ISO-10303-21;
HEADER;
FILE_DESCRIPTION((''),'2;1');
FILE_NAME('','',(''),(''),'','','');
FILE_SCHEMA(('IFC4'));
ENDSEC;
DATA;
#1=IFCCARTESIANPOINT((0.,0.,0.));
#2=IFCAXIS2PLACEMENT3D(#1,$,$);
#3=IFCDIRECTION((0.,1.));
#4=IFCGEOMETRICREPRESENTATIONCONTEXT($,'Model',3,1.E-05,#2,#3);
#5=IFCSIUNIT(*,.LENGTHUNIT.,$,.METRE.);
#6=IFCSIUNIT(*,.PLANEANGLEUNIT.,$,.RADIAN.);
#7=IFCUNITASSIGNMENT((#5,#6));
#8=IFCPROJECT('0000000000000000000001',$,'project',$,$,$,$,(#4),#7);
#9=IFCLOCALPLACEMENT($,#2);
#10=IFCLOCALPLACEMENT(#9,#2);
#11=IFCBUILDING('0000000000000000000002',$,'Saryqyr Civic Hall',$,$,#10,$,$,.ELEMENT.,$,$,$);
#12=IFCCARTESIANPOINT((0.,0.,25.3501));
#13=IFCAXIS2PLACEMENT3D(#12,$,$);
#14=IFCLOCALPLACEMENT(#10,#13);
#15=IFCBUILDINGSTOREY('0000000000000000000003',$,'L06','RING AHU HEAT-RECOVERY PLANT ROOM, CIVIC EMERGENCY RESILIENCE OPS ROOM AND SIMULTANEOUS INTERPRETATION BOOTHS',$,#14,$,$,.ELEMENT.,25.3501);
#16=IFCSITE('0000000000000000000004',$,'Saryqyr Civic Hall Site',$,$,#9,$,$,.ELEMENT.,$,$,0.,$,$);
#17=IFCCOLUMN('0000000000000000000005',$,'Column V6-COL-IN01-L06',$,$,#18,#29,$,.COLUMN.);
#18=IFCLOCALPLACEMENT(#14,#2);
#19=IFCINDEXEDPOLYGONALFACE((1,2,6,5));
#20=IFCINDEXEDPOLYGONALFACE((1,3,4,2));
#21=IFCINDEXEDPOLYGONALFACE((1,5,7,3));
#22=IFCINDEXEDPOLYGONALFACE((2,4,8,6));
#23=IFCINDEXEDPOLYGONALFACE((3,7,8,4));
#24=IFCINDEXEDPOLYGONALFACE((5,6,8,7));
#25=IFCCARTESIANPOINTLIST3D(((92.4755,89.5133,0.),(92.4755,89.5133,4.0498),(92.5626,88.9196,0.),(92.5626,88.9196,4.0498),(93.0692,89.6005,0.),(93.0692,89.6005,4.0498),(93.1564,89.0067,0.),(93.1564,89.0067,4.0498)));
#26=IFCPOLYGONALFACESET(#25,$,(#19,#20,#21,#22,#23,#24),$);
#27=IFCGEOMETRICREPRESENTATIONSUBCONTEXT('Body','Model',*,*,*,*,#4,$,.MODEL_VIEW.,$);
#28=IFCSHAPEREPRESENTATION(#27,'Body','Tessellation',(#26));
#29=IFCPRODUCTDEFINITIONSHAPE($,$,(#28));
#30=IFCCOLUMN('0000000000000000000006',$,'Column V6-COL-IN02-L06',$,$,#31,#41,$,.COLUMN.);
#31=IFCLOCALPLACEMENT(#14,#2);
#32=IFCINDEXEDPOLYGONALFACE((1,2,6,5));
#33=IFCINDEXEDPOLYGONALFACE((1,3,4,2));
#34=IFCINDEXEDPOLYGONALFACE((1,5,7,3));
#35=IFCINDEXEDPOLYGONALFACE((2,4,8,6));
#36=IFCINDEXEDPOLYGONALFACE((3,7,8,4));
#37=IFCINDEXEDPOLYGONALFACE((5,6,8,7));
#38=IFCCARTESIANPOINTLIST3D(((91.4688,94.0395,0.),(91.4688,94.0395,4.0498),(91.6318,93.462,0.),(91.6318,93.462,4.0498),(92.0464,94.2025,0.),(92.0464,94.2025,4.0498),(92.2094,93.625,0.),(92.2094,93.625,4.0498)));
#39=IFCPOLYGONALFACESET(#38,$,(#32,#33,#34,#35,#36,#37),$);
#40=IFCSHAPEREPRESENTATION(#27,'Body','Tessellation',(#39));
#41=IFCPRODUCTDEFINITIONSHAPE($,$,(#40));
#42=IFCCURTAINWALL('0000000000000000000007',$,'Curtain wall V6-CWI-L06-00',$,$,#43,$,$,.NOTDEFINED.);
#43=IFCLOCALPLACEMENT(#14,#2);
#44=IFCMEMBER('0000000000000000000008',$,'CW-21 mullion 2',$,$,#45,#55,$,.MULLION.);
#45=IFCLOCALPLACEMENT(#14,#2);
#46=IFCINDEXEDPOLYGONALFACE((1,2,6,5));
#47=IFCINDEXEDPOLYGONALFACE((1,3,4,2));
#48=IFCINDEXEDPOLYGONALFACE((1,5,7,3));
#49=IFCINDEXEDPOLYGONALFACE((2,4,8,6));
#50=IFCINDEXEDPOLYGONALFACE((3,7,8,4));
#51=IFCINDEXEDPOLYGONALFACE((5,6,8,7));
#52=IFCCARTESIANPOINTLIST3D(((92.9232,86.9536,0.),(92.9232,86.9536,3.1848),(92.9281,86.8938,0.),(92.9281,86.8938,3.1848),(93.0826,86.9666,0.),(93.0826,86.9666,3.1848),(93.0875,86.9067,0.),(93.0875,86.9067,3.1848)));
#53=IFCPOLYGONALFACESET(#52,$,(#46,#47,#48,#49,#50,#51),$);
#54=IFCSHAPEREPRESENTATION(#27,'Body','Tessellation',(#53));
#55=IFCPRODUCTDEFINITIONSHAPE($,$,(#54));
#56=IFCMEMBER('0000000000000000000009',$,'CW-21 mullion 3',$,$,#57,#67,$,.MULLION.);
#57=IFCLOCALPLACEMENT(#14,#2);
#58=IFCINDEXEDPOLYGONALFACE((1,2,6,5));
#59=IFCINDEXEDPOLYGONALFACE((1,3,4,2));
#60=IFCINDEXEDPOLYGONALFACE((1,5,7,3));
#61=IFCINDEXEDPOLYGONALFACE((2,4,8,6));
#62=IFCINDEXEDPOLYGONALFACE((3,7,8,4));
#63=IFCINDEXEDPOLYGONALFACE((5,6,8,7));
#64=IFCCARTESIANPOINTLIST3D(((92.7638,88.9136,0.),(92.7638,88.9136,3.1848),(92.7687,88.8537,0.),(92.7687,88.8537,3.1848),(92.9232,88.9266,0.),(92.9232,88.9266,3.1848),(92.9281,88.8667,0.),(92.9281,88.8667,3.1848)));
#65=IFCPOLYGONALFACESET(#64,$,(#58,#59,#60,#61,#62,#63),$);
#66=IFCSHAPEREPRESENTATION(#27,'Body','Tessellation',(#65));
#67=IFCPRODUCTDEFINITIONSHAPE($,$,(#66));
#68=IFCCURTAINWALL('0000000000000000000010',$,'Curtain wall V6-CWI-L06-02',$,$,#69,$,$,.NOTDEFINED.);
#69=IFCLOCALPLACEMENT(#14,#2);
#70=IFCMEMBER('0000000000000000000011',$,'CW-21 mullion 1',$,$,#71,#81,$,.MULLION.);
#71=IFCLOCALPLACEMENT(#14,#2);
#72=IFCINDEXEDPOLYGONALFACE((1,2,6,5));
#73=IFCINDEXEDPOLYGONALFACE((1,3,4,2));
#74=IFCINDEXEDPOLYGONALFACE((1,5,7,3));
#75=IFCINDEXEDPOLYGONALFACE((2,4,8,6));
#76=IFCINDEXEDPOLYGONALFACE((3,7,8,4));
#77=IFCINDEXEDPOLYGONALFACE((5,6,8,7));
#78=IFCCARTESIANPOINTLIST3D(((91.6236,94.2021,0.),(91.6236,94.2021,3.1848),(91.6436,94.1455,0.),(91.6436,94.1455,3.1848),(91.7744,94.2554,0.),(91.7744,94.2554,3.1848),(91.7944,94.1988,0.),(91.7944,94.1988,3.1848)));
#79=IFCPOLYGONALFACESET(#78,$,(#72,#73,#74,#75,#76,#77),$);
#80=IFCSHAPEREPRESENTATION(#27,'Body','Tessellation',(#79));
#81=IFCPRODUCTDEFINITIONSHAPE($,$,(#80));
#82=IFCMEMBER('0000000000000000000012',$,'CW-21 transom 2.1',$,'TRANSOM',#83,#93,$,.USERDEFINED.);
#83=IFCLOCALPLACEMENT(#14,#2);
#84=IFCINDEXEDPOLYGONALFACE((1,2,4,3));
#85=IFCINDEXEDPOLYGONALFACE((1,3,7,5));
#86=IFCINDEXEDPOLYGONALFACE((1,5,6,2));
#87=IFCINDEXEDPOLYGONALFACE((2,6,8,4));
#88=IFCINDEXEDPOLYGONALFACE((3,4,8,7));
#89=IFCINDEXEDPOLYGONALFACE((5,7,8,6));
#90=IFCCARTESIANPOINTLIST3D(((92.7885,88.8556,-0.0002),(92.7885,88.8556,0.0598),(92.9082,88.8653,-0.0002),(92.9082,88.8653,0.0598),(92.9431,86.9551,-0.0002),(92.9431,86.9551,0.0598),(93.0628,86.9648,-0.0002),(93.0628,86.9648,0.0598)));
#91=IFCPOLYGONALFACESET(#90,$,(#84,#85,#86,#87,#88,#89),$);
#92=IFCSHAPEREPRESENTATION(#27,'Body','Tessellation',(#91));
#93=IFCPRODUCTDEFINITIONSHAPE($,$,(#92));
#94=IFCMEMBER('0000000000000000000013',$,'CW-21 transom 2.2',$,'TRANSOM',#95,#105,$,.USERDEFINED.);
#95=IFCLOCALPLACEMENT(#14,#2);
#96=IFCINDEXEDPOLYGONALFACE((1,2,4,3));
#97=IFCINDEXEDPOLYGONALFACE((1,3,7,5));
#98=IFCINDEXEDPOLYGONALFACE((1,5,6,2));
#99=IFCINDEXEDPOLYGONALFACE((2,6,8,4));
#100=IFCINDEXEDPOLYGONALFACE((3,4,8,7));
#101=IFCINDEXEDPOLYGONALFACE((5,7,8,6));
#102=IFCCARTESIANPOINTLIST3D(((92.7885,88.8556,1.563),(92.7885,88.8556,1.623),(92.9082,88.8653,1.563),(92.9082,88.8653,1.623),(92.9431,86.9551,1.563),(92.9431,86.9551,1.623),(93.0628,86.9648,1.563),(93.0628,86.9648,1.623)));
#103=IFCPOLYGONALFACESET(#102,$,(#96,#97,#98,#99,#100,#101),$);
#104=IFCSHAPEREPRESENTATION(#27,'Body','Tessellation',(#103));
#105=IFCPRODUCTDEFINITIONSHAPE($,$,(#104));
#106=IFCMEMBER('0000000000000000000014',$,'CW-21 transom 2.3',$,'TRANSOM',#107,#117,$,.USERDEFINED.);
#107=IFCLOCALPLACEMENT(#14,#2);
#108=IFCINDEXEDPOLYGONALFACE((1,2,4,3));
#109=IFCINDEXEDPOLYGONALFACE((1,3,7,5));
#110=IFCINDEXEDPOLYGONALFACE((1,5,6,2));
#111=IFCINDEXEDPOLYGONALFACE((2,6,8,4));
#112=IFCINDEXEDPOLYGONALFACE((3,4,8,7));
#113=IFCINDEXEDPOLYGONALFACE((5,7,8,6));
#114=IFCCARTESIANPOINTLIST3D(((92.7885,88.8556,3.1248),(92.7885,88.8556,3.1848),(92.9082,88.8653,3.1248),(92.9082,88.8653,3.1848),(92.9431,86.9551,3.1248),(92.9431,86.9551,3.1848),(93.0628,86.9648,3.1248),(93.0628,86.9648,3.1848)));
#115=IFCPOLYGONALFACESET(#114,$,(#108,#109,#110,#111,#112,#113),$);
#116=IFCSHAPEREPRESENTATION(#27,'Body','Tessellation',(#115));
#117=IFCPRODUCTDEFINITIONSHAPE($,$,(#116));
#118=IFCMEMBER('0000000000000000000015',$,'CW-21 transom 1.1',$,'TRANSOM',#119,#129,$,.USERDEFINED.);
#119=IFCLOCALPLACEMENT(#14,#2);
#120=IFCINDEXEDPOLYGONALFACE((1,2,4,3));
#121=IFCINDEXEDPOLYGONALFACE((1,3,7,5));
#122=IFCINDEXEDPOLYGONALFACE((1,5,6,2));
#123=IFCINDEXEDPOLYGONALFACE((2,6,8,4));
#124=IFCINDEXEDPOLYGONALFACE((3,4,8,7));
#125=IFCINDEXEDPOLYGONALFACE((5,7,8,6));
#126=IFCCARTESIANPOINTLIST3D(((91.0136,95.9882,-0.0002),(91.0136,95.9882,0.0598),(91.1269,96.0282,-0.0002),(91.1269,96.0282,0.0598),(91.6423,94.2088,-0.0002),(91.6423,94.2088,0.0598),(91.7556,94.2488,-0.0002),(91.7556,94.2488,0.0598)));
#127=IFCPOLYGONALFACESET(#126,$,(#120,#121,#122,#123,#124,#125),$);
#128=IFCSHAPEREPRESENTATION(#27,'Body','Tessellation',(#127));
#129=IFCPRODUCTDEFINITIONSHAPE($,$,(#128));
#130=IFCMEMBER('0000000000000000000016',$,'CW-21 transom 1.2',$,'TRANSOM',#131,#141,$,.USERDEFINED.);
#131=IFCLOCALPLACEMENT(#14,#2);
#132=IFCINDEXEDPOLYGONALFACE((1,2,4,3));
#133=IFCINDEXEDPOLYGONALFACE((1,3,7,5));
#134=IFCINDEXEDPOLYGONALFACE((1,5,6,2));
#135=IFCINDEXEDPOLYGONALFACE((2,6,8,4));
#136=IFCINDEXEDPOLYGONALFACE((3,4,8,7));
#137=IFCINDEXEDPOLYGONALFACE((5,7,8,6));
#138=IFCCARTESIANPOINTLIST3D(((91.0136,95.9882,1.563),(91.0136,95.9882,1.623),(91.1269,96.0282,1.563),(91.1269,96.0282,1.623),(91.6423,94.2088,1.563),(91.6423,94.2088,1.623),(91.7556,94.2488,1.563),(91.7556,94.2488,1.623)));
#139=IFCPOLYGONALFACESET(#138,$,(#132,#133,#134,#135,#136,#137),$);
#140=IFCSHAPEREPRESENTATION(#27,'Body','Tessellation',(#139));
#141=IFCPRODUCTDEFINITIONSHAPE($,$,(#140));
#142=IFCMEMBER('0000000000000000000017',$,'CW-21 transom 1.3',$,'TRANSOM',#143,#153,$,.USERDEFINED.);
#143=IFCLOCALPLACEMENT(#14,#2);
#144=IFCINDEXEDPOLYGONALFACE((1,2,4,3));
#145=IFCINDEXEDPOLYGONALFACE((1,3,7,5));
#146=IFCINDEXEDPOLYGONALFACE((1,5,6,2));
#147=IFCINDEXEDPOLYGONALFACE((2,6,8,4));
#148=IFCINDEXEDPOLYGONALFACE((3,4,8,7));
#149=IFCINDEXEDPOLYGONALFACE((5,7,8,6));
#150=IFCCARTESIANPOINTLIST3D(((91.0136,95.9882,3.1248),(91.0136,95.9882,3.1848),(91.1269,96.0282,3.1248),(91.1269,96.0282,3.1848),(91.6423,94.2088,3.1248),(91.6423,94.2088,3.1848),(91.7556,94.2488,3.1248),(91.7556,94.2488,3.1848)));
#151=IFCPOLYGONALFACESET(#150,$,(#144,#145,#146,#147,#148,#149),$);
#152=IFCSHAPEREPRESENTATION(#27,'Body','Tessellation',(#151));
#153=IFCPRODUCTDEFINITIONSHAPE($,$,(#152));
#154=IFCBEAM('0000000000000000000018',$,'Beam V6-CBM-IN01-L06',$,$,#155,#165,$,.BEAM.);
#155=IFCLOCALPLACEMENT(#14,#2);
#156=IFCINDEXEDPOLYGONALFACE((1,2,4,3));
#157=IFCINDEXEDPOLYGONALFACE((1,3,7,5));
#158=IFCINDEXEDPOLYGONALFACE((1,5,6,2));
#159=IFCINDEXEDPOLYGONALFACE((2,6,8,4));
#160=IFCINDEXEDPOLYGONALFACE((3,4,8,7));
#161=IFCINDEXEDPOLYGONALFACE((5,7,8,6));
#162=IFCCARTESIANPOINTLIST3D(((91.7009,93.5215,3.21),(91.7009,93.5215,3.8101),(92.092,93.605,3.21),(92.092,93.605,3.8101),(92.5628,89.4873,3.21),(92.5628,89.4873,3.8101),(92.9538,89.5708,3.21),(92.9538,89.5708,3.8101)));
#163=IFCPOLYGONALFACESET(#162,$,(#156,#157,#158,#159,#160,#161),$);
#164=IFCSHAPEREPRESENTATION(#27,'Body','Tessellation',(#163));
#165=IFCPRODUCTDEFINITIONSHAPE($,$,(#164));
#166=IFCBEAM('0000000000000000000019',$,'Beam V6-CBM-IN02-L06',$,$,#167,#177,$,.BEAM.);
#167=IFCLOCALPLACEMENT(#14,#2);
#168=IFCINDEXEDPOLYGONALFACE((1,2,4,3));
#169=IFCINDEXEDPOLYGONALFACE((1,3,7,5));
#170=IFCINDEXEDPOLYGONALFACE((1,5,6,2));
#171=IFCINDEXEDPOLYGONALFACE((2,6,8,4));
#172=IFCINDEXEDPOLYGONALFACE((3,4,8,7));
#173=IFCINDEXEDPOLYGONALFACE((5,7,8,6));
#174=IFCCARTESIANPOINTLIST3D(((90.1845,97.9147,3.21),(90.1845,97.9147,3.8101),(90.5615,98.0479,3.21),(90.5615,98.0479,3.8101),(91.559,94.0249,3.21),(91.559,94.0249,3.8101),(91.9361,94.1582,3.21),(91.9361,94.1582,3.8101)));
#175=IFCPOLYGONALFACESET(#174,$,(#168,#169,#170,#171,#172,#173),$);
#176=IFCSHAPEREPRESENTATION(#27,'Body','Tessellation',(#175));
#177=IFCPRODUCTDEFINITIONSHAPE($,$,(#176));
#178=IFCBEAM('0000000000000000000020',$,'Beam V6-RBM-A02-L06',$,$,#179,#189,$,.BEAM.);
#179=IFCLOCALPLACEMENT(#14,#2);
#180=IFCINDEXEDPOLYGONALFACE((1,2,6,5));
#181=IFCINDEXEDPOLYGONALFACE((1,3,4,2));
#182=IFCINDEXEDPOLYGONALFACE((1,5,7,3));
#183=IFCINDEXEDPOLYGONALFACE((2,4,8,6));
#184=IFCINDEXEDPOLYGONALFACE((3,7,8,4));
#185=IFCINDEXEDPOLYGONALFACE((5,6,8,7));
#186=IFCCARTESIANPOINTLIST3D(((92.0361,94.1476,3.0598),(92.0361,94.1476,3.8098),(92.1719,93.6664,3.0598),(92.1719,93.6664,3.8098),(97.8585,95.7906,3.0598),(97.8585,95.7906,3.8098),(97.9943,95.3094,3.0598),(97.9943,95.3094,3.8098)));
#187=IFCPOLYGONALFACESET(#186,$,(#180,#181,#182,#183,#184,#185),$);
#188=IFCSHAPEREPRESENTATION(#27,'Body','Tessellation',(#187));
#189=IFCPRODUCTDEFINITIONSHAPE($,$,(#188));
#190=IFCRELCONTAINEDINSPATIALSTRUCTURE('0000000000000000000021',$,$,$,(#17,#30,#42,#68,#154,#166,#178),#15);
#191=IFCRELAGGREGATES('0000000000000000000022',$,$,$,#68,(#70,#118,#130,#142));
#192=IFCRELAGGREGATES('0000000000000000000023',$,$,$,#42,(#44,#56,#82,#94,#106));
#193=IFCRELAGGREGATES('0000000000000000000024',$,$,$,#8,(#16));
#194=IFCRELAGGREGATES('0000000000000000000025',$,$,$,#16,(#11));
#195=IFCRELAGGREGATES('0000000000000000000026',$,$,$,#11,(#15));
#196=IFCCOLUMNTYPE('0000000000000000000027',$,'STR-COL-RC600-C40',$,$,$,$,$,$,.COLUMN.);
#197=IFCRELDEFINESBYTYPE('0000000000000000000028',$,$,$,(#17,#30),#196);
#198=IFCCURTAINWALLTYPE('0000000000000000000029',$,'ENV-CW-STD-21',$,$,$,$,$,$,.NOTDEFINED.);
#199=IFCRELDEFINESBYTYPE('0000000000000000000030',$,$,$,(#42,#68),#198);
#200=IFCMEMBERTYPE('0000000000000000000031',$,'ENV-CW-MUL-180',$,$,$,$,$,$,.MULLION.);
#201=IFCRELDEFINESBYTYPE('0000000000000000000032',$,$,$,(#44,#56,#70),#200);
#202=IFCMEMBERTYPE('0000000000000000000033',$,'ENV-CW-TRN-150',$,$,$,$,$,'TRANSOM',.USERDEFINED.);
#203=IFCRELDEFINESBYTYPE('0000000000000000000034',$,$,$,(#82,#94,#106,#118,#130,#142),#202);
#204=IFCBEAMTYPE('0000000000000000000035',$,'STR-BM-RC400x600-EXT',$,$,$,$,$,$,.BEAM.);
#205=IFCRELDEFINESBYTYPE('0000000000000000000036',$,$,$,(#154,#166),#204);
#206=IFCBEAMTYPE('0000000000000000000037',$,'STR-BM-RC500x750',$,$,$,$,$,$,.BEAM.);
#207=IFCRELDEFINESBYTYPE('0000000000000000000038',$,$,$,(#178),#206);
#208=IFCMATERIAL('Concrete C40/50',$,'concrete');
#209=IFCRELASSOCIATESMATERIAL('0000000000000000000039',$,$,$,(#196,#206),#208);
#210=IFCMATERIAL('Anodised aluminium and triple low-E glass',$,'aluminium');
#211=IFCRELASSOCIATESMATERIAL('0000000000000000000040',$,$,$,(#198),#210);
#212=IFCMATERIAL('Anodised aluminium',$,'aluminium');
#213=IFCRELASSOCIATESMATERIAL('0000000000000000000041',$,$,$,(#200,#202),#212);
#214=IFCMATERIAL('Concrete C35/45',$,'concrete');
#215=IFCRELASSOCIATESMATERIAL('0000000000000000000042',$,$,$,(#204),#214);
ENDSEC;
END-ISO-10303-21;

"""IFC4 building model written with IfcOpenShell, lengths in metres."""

from ifc_helpers import new_model, si_unit, direction, frame, origin, origin_2d, place, context, subcontext, project, spatial, rectangle, extrude, material, material_profile, profile_set, type_object, element, aggregate, save


model = new_model("IFC4")

# Units and contexts
model_context = context("Model", 3, precision=1e-05, world=origin(), true_north=direction((0.0, 1.0)))
body_context = subcontext(model_context, "Body", "Model", "MODEL_VIEW")
ifc_project = project(units=[si_unit("LENGTHUNIT", "METRE"), si_unit("PLANEANGLEUNIT", "RADIAN")], contexts=[model_context])

# Site, building, storey
site_placement = place(None, origin())
site = spatial("IfcSite", under=ifc_project, at=site_placement, Name="Saryqyr Civic Hall Site", CompositionType="ELEMENT", RefElevation=0.0)
building_placement = place(site_placement, origin())
building = spatial("IfcBuilding", under=site, at=building_placement, Name="Saryqyr Civic Hall", CompositionType="ELEMENT")
storey_placement = place(building_placement, frame((0.0, 0.0, 25.3501)))
storey = spatial("IfcBuildingStorey", under=building, at=storey_placement, Name="L06", Description="RING AHU HEAT-RECOVERY PLANT ROOM, CIVIC EMERGENCY RESILIENCE OPS ROOM AND SIMULTANEOUS INTERPRETATION BOOTHS", CompositionType="ELEMENT", Elevation=25.3501)

# Columns
ifc_material_1 = material(Name="Concrete C40/50", Category="concrete")
ifc_material_profile_1 = material_profile(ifc_material_1, rectangle(XDim=0.6001, YDim=0.6001, at=origin_2d()), Name="RC 600x600")
ifc_profile_set_1 = profile_set([ifc_material_profile_1], Name="Concrete C40/50")
column_type = type_object("IfcColumnType", Name="STR-COL-RC600-C40", PredefinedType="COLUMN", material=ifc_profile_set_1)
for number, where, z_axis, x_axis, name in (
    (1, (92.8159, 89.26, 0.0), (0.0, 0.0, 1.0), (0.989399, 0.14522, 0.0), "Column V6-COL-IN01-L06"),
    (2, (91.8391, 93.8323, 0.0), (0.0, 0.0, 1.0), (0.962408, 0.271608, 0.0), "Column V6-COL-IN02-L06"),
):
    element("IfcColumn", number, at=place(storey_placement, frame(where, z_axis=z_axis, x_axis=x_axis)), inside=storey, type_object=column_type, Name=name, PredefinedType="COLUMN", context=body_context, shape_type="SweptSolid", body=[
        extrude(rectangle(XDim=0.6001, YDim=0.6001, at=origin_2d()), origin(), (0.0, 0.0, 1.0), 4.0498),
    ])

# Curtain wall, members
ifc_material_2 = material(Name="Anodised aluminium and triple low-E glass", Category="aluminium")
curtain_wall_type = type_object("IfcCurtainWallType", Name="ENV-CW-STD-21", PredefinedType="NOTDEFINED", material=ifc_material_2)
curtain_wall_1_placement = place(storey_placement, origin())
curtain_wall_1 = element("IfcCurtainWall", 3, at=curtain_wall_1_placement, inside=storey, type_object=curtain_wall_type, Name="Curtain wall V6-CWI-L06-00", PredefinedType="NOTDEFINED")
ifc_material_3 = material(Name="Anodised aluminium", Category="aluminium")
ifc_material_profile_2 = material_profile(ifc_material_3, rectangle(XDim=0.0601, YDim=0.1599, at=origin_2d()), Name="ALU MULLION 60x160")
ifc_profile_set_2 = profile_set([ifc_material_profile_2], Name="Anodised aluminium")
member_type_1 = type_object("IfcMemberType", Name="ENV-CW-MUL-180", PredefinedType="MULLION", material=ifc_profile_set_2)
member_1_placement = place(storey_placement, frame((93.0054, 86.9302, 0.0), z_axis=(0.0, 0.0, 1.0), x_axis=(-0.081091, 0.996707, 0.0)))
member_1 = element("IfcMember", 4, at=member_1_placement, type_object=member_type_1, Name="CW-21 mullion 2", PredefinedType="MULLION", context=body_context, shape_type="SweptSolid", body=[
    extrude(rectangle(XDim=0.0601, YDim=0.1599, at=origin_2d()), origin(), (0.0, 0.0, 1.0), 3.1848),
])
member_2_placement = place(storey_placement, frame((92.8459, 88.8901, 0.0), z_axis=(0.0, 0.0, 1.0), x_axis=(-0.081091, 0.996707, 0.0)))
member_2 = element("IfcMember", 5, at=member_2_placement, type_object=member_type_1, Name="CW-21 mullion 3", PredefinedType="MULLION", context=body_context, shape_type="SweptSolid", body=[
    extrude(rectangle(XDim=0.0601, YDim=0.1599, at=origin_2d()), origin(), (0.0, 0.0, 1.0), 3.1848),
])

# Curtain wall, member
curtain_wall_2_placement = place(storey_placement, origin())
curtain_wall_2 = element("IfcCurtainWall", 6, at=curtain_wall_2_placement, inside=storey, type_object=curtain_wall_type, Name="Curtain wall V6-CWI-L06-02", PredefinedType="NOTDEFINED")
member_3_placement = place(storey_placement, frame((91.709, 94.2004, 0.0), z_axis=(0.0, 0.0, 1.0), x_axis=(-0.333172, 0.942866, 0.0)))
member_3 = element("IfcMember", 7, at=member_3_placement, type_object=member_type_1, Name="CW-21 mullion 1", PredefinedType="MULLION", context=body_context, shape_type="SweptSolid", body=[
    extrude(rectangle(XDim=0.0601, YDim=0.1599, at=origin_2d()), origin(), (0.0, 0.0, 1.0), 3.1848),
])

# Members
ifc_material_profile_3 = material_profile(ifc_material_3, rectangle(XDim=0.1201, YDim=0.0601, at=origin_2d()), Name="ALU TRANSOM 120x60")
ifc_profile_set_3 = profile_set([ifc_material_profile_3], Name="Anodised aluminium")
member_type_2 = type_object("IfcMemberType", Name="ENV-CW-TRN-150", ElementType="TRANSOM", PredefinedType="USERDEFINED", material=ifc_profile_set_3)
member_4_placement = place(storey_placement, frame((93.0029, 86.96, 0.0298), z_axis=(-0.081053, 0.99671, 0.0), x_axis=(-0.99671, -0.081053, 0.0)))
member_4 = element("IfcMember", 8, at=member_4_placement, type_object=member_type_2, Name="CW-21 transom 2.1", ObjectType="TRANSOM", PredefinedType="USERDEFINED", context=body_context, shape_type="SweptSolid", body=[
    extrude(rectangle(XDim=0.1201, YDim=0.0601, at=origin_2d()), origin(), (0.0, 0.0, 1.0), 1.9067),
])
member_5_placement = place(storey_placement, frame((93.0029, 86.96, 1.593), z_axis=(-0.081053, 0.99671, 0.0), x_axis=(-0.99671, -0.081053, 0.0)))
member_5 = element("IfcMember", 9, at=member_5_placement, type_object=member_type_2, Name="CW-21 transom 2.2", ObjectType="TRANSOM", PredefinedType="USERDEFINED", context=body_context, shape_type="SweptSolid", body=[
    extrude(rectangle(XDim=0.1201, YDim=0.0601, at=origin_2d()), origin(), (0.0, 0.0, 1.0), 1.9067),
])
member_6_placement = place(storey_placement, frame((93.0029, 86.96, 3.1548), z_axis=(-0.081053, 0.99671, 0.0), x_axis=(-0.99671, -0.081053, 0.0)))
member_6 = element("IfcMember", 10, at=member_6_placement, type_object=member_type_2, Name="CW-21 transom 2.3", ObjectType="TRANSOM", PredefinedType="USERDEFINED", context=body_context, shape_type="SweptSolid", body=[
    extrude(rectangle(XDim=0.1201, YDim=0.0601, at=origin_2d()), origin(), (0.0, 0.0, 1.0), 1.9067),
])
member_7_placement = place(storey_placement, frame((91.699, 94.2288, 0.0298), z_axis=(-0.333138, 0.942878, 0.0), x_axis=(-0.942878, -0.333138, 0.0)))
member_7 = element("IfcMember", 11, at=member_7_placement, type_object=member_type_2, Name="CW-21 transom 1.1", ObjectType="TRANSOM", PredefinedType="USERDEFINED", context=body_context, shape_type="SweptSolid", body=[
    extrude(rectangle(XDim=0.1201, YDim=0.0601, at=origin_2d()), origin(), (0.0, 0.0, 1.0), 1.8872),
])
member_8_placement = place(storey_placement, frame((91.699, 94.2288, 1.593), z_axis=(-0.333138, 0.942878, 0.0), x_axis=(-0.942878, -0.333138, 0.0)))
member_8 = element("IfcMember", 12, at=member_8_placement, type_object=member_type_2, Name="CW-21 transom 1.2", ObjectType="TRANSOM", PredefinedType="USERDEFINED", context=body_context, shape_type="SweptSolid", body=[
    extrude(rectangle(XDim=0.1201, YDim=0.0601, at=origin_2d()), origin(), (0.0, 0.0, 1.0), 1.8872),
])
member_9_placement = place(storey_placement, frame((91.699, 94.2288, 3.1548), z_axis=(-0.333138, 0.942878, 0.0), x_axis=(-0.942878, -0.333138, 0.0)))
member_9 = element("IfcMember", 13, at=member_9_placement, type_object=member_type_2, Name="CW-21 transom 1.3", ObjectType="TRANSOM", PredefinedType="USERDEFINED", context=body_context, shape_type="SweptSolid", body=[
    extrude(rectangle(XDim=0.1201, YDim=0.0601, at=origin_2d()), origin(), (0.0, 0.0, 1.0), 1.8872),
])
aggregate(curtain_wall_2, [member_3, member_7, member_8, member_9])

# Beams
ifc_material_4 = material(Name="Concrete C35/45", Category="concrete")
ifc_material_profile_4 = material_profile(ifc_material_4, rectangle(XDim=0.3999, YDim=0.6001, at=origin_2d()), Name="RC 400x600")
ifc_profile_set_4 = profile_set([ifc_material_profile_4], Name="Concrete C35/45")
beam_type_1 = type_object("IfcBeamType", Name="STR-BM-RC400x600-EXT", PredefinedType="BEAM", material=ifc_profile_set_4)
beam_1_placement = place(storey_placement, frame((92.7583, 89.5291, 3.51), z_axis=(-0.208915, 0.977934, 0.0), x_axis=(-0.977934, -0.208915, 0.0)))
element("IfcBeam", 14, at=beam_1_placement, inside=storey, type_object=beam_type_1, Name="Beam V6-CBM-IN01-L06", PredefinedType="BEAM", context=body_context, shape_type="SweptSolid", body=[
    extrude(rectangle(XDim=0.3999, YDim=0.6001, at=origin_2d()), origin(), (0.0, 0.0, 1.0), 4.1252),
])
beam_2_placement = place(storey_placement, frame((91.7476, 94.0916, 3.51), z_axis=(-0.333185, 0.942861, 0.0), x_axis=(-0.942861, -0.333185, 0.0)))
element("IfcBeam", 15, at=beam_2_placement, inside=storey, type_object=beam_type_1, Name="Beam V6-CBM-IN02-L06", PredefinedType="BEAM", context=body_context, shape_type="SweptSolid", body=[
    extrude(rectangle(XDim=0.3999, YDim=0.6001, at=origin_2d()), origin(), (0.0, 0.0, 1.0), 4.1255),
])
ifc_material_profile_5 = material_profile(ifc_material_1, rectangle(XDim=0.5, YDim=0.75, at=origin_2d()), Name="RC 500x750")
ifc_profile_set_5 = profile_set([ifc_material_profile_5], Name="Concrete C40/50")
beam_type_2 = type_object("IfcBeamType", Name="STR-BM-RC500x750", PredefinedType="BEAM", material=ifc_profile_set_5)
beam_3_placement = place(storey_placement, frame((92.104, 93.907, 3.4348), z_axis=(0.962414, 0.271586, 0.0), x_axis=(-0.271586, 0.962414, 0.0)))
element("IfcBeam", 16, at=beam_3_placement, inside=storey, type_object=beam_type_2, Name="Beam V6-RBM-A02-L06", PredefinedType="BEAM", context=body_context, shape_type="SweptSolid", body=[
    extrude(rectangle(XDim=0.5, YDim=0.75, at=origin_2d()), origin(), (0.0, 0.0, 1.0), 6.0498),
])

aggregate(curtain_wall_1, [member_1, member_2, member_4, member_5, member_6])

save(model, "model.ifc")
